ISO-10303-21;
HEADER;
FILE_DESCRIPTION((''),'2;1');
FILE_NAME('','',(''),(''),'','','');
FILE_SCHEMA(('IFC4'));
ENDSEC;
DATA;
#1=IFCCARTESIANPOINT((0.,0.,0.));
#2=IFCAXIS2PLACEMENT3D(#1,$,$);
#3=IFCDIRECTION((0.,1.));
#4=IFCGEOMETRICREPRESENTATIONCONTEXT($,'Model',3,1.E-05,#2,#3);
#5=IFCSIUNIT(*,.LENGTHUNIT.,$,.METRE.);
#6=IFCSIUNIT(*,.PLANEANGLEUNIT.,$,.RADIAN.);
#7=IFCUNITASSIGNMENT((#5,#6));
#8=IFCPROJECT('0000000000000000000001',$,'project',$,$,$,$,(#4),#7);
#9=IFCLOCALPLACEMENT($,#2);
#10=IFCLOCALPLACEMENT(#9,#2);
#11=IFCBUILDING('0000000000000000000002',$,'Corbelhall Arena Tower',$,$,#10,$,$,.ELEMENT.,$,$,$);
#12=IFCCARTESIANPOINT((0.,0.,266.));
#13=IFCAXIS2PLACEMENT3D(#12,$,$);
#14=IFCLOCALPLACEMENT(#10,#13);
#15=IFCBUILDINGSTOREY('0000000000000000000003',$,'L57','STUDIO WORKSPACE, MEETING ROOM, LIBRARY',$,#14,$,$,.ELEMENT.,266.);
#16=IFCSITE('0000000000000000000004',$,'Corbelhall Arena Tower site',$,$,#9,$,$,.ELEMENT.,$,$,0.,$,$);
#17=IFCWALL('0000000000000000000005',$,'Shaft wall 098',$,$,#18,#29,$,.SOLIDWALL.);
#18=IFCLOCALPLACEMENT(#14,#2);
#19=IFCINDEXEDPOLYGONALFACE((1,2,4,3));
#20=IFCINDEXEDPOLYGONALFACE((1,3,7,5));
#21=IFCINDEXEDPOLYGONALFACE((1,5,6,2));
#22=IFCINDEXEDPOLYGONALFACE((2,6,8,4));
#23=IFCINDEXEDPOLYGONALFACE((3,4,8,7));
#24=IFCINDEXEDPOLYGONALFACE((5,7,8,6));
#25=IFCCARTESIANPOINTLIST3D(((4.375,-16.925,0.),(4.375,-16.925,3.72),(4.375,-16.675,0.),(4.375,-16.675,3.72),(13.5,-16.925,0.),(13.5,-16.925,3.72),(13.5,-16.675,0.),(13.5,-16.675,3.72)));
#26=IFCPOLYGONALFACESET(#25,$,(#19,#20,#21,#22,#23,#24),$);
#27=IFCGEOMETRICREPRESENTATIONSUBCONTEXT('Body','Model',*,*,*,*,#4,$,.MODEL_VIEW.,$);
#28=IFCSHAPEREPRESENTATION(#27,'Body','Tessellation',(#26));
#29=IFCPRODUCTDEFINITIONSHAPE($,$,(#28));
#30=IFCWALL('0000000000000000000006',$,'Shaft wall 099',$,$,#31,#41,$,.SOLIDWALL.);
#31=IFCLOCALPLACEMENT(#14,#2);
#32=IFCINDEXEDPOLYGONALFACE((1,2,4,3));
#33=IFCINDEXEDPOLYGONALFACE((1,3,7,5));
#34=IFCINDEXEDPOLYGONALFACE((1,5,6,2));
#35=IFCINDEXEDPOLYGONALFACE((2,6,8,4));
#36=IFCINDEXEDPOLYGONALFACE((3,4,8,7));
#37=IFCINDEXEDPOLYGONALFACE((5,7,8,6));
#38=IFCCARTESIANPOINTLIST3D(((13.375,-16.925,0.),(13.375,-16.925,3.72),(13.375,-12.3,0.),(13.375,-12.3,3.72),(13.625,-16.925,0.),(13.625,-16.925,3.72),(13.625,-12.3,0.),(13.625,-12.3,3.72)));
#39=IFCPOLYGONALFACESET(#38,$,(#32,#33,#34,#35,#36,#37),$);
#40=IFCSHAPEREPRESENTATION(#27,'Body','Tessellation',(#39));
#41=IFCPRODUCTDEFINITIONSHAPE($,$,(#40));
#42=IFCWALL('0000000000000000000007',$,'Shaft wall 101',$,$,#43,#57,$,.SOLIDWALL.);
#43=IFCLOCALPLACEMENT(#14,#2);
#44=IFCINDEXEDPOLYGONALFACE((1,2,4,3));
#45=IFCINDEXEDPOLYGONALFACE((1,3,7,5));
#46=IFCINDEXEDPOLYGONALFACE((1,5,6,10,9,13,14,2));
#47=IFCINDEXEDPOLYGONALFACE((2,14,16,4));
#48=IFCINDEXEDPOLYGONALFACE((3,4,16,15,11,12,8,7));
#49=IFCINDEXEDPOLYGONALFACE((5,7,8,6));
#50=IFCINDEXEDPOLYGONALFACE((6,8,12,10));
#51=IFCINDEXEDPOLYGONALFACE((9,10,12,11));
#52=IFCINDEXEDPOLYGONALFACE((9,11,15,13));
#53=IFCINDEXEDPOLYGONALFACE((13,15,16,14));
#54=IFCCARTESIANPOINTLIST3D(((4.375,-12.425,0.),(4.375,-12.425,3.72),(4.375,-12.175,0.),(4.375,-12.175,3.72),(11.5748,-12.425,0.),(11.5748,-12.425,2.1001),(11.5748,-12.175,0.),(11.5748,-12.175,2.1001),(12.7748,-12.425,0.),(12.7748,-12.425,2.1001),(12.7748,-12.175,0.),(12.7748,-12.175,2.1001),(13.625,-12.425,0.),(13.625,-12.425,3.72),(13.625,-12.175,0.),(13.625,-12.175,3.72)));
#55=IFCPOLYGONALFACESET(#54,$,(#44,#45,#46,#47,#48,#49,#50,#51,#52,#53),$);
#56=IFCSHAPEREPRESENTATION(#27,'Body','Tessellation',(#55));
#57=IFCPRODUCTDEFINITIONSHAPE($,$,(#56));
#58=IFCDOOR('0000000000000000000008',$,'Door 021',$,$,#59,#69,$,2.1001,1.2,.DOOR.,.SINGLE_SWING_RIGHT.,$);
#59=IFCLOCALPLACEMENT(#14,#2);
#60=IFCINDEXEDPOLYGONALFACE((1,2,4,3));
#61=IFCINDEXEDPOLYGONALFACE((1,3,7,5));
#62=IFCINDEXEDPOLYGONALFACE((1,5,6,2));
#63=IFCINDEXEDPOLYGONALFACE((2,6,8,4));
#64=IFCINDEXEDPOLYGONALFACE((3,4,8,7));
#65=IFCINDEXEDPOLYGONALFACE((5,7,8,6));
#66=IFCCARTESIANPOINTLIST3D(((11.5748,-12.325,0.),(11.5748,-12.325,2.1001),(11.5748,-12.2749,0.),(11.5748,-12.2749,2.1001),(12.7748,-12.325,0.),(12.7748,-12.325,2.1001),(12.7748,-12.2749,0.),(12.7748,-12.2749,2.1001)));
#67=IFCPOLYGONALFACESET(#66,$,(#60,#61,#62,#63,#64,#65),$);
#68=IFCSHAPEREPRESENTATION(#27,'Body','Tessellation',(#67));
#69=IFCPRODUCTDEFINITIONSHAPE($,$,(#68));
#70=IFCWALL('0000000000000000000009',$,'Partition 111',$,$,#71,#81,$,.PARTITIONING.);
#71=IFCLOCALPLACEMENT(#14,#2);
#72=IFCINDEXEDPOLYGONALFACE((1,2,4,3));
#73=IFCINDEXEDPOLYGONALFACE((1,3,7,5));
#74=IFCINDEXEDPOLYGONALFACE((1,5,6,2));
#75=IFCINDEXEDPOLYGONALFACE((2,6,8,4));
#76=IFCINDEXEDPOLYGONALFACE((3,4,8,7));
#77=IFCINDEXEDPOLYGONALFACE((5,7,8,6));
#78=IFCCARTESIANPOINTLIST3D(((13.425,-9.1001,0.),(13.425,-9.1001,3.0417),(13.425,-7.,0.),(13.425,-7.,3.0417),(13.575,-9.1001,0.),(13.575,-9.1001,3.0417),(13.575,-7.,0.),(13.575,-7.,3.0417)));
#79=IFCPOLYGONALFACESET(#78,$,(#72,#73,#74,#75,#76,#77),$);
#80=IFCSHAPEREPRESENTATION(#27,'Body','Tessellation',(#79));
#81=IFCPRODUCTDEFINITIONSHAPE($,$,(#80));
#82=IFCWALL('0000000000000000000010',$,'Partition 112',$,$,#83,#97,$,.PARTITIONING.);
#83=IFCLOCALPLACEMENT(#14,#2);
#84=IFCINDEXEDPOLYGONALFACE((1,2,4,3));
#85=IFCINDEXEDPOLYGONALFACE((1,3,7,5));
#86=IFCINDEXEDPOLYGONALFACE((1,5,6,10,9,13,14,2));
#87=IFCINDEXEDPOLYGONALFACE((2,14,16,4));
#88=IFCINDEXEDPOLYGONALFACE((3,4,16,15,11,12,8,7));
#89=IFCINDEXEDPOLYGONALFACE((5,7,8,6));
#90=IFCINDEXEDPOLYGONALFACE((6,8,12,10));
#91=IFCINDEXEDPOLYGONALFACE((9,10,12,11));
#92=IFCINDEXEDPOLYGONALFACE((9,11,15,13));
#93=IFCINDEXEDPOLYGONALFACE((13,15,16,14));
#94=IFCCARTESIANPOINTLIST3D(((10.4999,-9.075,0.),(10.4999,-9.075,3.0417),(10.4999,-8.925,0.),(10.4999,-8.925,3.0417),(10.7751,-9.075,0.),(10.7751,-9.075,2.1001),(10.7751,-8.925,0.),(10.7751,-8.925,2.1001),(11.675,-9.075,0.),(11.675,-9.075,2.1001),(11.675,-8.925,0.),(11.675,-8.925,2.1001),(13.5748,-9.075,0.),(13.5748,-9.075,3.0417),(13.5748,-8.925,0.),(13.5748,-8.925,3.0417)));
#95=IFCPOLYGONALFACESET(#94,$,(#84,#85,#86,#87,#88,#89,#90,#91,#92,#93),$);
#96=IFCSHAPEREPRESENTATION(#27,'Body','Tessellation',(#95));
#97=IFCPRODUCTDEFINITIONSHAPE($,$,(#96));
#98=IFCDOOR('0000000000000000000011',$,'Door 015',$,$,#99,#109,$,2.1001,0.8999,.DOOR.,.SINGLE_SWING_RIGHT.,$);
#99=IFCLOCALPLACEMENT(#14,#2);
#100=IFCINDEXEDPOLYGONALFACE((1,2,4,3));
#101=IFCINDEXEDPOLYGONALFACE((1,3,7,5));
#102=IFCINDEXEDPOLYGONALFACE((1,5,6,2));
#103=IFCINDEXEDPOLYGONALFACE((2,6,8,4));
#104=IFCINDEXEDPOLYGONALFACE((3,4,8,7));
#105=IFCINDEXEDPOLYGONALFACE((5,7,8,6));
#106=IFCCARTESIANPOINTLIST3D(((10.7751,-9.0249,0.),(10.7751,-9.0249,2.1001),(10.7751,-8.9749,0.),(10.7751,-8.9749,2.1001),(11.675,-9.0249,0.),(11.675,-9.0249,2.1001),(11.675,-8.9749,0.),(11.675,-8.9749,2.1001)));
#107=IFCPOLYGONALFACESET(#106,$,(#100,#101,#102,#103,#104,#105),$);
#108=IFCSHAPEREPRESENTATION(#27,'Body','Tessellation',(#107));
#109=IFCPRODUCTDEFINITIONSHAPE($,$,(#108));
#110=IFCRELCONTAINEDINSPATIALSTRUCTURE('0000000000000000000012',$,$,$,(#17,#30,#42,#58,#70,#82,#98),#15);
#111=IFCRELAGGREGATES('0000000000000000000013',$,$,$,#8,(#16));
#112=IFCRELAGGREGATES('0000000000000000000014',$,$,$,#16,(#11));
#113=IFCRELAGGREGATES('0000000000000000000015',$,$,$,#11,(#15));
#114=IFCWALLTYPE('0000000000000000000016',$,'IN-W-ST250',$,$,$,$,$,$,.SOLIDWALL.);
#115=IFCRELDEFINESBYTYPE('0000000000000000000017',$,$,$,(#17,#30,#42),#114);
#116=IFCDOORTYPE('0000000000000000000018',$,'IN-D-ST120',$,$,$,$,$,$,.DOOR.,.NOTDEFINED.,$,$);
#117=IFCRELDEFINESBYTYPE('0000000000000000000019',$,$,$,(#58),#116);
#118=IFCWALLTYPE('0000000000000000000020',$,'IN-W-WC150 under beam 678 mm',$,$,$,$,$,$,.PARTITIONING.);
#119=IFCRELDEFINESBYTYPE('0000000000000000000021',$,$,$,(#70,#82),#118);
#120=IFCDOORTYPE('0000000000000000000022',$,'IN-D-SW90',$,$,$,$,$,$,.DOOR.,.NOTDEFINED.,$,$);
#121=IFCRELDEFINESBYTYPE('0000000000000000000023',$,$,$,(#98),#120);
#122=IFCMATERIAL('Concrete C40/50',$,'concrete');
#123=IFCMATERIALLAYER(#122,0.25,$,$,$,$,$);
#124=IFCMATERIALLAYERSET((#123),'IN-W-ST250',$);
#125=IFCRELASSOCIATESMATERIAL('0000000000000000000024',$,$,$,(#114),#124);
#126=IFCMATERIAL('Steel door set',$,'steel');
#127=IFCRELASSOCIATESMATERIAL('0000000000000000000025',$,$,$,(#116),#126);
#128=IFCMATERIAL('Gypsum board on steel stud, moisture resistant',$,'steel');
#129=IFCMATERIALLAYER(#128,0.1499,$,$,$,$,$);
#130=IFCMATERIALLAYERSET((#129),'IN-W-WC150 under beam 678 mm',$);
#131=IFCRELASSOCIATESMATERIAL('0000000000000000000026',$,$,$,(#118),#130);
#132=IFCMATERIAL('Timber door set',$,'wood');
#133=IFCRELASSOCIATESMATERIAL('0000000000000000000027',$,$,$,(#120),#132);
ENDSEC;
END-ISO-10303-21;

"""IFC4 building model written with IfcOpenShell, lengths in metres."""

from ifc_helpers import new_model, si_unit, direction, frame, frame_2d, origin, place, context, subcontext, project, spatial, rectangle, extrude, material, layer, layer_set, type_object, element, fill, save


model = new_model("IFC4")

# Units and contexts
model_context = context("Model", 3, precision=1e-05, world=origin(), true_north=direction((0.0, 1.0)))
body_context = subcontext(model_context, "Body", "Model", "MODEL_VIEW")
ifc_project = project(units=[si_unit("LENGTHUNIT", "METRE"), si_unit("PLANEANGLEUNIT", "RADIAN")], contexts=[model_context])

# Site, building, storey
site_placement = place(None, origin())
site = spatial("IfcSite", under=ifc_project, at=site_placement, Name="Corbelhall Arena Tower site", CompositionType="ELEMENT", RefElevation=0.0)
building_placement = place(site_placement, origin())
building = spatial("IfcBuilding", under=site, at=building_placement, Name="Corbelhall Arena Tower", CompositionType="ELEMENT")
storey_placement = place(building_placement, frame((0.0, 0.0, 266.0)))
storey = spatial("IfcBuildingStorey", under=building, at=storey_placement, Name="L57", Description="STUDIO WORKSPACE, MEETING ROOM, LIBRARY", CompositionType="ELEMENT", Elevation=266.0)

# Shared definitions
ifc_material_1 = material(Name="Steel door set", Category="steel")

# Walls
ifc_material_2 = material(Name="Concrete C40/50", Category="concrete")
ifc_layer_1 = layer(ifc_material_2, 0.25)
ifc_layer_set_1 = layer_set([ifc_layer_1], Name="IN-W-ST250")
wall_type_1 = type_object("IfcWallType", Name="IN-W-ST250", PredefinedType="SOLIDWALL", material=ifc_layer_set_1)
wall_1_placement = place(storey_placement, frame((13.5, -16.8, 0.0), z_axis=(0.0, 0.0, 1.0), x_axis=(-1.0, 0.0, 0.0)))
element("IfcWall", 1, at=wall_1_placement, inside=storey, type_object=wall_type_1, Name="Shaft wall 098", PredefinedType="SOLIDWALL", context=body_context, shape_type="SweptSolid", body=[
    extrude(rectangle(XDim=9.125, YDim=0.25, at=frame_2d((4.5625, 0.0))), origin(), (0.0, 0.0, 1.0), 3.72),
])
wall_2_placement = place(storey_placement, frame((13.5, -12.3, 0.0), z_axis=(0.0, 0.0, 1.0), x_axis=(0.0, -1.0, 0.0)))
element("IfcWall", 2, at=wall_2_placement, inside=storey, type_object=wall_type_1, Name="Shaft wall 099", PredefinedType="SOLIDWALL", context=body_context, shape_type="SweptSolid", body=[
    extrude(rectangle(XDim=4.625, YDim=0.25, at=frame_2d((2.3125, 0.0))), origin(), (0.0, 0.0, 1.0), 3.72),
])

# Wall, opening, door
wall_3_placement = place(storey_placement, frame((13.625, -12.3, 0.0), z_axis=(0.0, 0.0, 1.0), x_axis=(-1.0, 0.0, 0.0)))
wall_3 = element("IfcWall", 3, at=wall_3_placement, inside=storey, type_object=wall_type_1, Name="Shaft wall 101", PredefinedType="SOLIDWALL", context=body_context, shape_type="SweptSolid", body=[
    extrude(rectangle(XDim=9.25, YDim=0.25, at=frame_2d((4.625, 0.0))), origin(), (0.0, 0.0, 1.0), 3.72),
])
opening_1_placement = place(wall_3_placement, frame((0.8501, 0.0, 0.0)))
opening_1 = element("IfcOpeningElement", 4, at=opening_1_placement, cuts=wall_3, PredefinedType="OPENING", context=body_context, shape_type="SweptSolid", body=[
    extrude(rectangle(XDim=1.2, YDim=2.1001, at=frame_2d((0.6001, 1.05))), frame((0.0, 0.125, 0.0), z_axis=(0.0, -1.0, 0.0), x_axis=(1.0, 0.0, 0.0)), (0.0, 0.0, 1.0), 0.25),
])
door_type_1 = type_object("IfcDoorType", Name="IN-D-ST120", OperationType="NOTDEFINED", PredefinedType="DOOR", material=ifc_material_1)
door_1_placement = place(opening_1_placement, origin())
door_1 = element("IfcDoor", 5, at=door_1_placement, inside=storey, type_object=door_type_1, Name="Door 021", OperationType="SINGLE_SWING_RIGHT", OverallHeight=2.1001, OverallWidth=1.2, PredefinedType="DOOR", context=body_context, shape_type="SweptSolid", body=[
    extrude(rectangle(XDim=1.2, YDim=2.1001, at=frame_2d((0.6001, 1.05))), frame((0.0, 0.0249, 0.0), z_axis=(0.0, -1.0, 0.0), x_axis=(1.0, 0.0, 0.0)), (0.0, 0.0, 1.0), 0.05),
])
fill(opening_1, door_1)

# Wall
ifc_material_3 = material(Name="Gypsum board on steel stud, moisture resistant", Category="steel")
ifc_layer_2 = layer(ifc_material_3, 0.1499)
ifc_layer_set_2 = layer_set([ifc_layer_2], Name="IN-W-WC150 under beam 678 mm")
wall_type_2 = type_object("IfcWallType", Name="IN-W-WC150 under beam 678 mm", PredefinedType="PARTITIONING", material=ifc_layer_set_2)
wall_4_placement = place(storey_placement, frame((13.5, -7.0, 0.0), z_axis=(0.0, 0.0, 1.0), x_axis=(0.0, -1.0, 0.0)))
element("IfcWall", 6, at=wall_4_placement, inside=storey, type_object=wall_type_2, Name="Partition 111", PredefinedType="PARTITIONING", context=body_context, shape_type="SweptSolid", body=[
    extrude(rectangle(XDim=2.1001, YDim=0.1499, at=frame_2d((1.05, 0.0))), origin(), (0.0, 0.0, 1.0), 3.0417),
])

# Wall, opening, door
wall_5_placement = place(storey_placement, frame((13.575, -9.0, 0.0), z_axis=(0.0, 0.0, 1.0), x_axis=(-1.0, 0.0, 0.0)))
wall_5 = element("IfcWall", 7, at=wall_5_placement, inside=storey, type_object=wall_type_2, Name="Partition 112", PredefinedType="PARTITIONING", context=body_context, shape_type="SweptSolid", body=[
    extrude(rectangle(XDim=3.075, YDim=0.1499, at=frame_2d((1.5376, 0.0))), origin(), (0.0, 0.0, 1.0), 3.0417),
])
opening_2_placement = place(wall_5_placement, frame((1.8999, 0.0, 0.0)))
opening_2 = element("IfcOpeningElement", 8, at=opening_2_placement, cuts=wall_5, PredefinedType="OPENING", context=body_context, shape_type="SweptSolid", body=[
    extrude(rectangle(XDim=0.8999, YDim=2.1001, at=frame_2d((0.45, 1.05))), frame((0.0, 0.075, 0.0), z_axis=(0.0, -1.0, 0.0), x_axis=(1.0, 0.0, 0.0)), (0.0, 0.0, 1.0), 0.1499),
])
ifc_material_4 = material(Name="Timber door set", Category="wood")
door_type_2 = type_object("IfcDoorType", Name="IN-D-SW90", OperationType="NOTDEFINED", PredefinedType="DOOR", material=ifc_material_4)
door_2_placement = place(opening_2_placement, origin())
door_2 = element("IfcDoor", 9, at=door_2_placement, inside=storey, type_object=door_type_2, Name="Door 015", OperationType="SINGLE_SWING_RIGHT", OverallHeight=2.1001, OverallWidth=0.8999, PredefinedType="DOOR", context=body_context, shape_type="SweptSolid", body=[
    extrude(rectangle(XDim=0.8999, YDim=2.1001, at=frame_2d((0.45, 1.05))), frame((0.0, 0.0249, 0.0), z_axis=(0.0, -1.0, 0.0), x_axis=(1.0, 0.0, 0.0)), (0.0, 0.0, 1.0), 0.05),
])
fill(opening_2, door_2)

save(model, "model.ifc")
